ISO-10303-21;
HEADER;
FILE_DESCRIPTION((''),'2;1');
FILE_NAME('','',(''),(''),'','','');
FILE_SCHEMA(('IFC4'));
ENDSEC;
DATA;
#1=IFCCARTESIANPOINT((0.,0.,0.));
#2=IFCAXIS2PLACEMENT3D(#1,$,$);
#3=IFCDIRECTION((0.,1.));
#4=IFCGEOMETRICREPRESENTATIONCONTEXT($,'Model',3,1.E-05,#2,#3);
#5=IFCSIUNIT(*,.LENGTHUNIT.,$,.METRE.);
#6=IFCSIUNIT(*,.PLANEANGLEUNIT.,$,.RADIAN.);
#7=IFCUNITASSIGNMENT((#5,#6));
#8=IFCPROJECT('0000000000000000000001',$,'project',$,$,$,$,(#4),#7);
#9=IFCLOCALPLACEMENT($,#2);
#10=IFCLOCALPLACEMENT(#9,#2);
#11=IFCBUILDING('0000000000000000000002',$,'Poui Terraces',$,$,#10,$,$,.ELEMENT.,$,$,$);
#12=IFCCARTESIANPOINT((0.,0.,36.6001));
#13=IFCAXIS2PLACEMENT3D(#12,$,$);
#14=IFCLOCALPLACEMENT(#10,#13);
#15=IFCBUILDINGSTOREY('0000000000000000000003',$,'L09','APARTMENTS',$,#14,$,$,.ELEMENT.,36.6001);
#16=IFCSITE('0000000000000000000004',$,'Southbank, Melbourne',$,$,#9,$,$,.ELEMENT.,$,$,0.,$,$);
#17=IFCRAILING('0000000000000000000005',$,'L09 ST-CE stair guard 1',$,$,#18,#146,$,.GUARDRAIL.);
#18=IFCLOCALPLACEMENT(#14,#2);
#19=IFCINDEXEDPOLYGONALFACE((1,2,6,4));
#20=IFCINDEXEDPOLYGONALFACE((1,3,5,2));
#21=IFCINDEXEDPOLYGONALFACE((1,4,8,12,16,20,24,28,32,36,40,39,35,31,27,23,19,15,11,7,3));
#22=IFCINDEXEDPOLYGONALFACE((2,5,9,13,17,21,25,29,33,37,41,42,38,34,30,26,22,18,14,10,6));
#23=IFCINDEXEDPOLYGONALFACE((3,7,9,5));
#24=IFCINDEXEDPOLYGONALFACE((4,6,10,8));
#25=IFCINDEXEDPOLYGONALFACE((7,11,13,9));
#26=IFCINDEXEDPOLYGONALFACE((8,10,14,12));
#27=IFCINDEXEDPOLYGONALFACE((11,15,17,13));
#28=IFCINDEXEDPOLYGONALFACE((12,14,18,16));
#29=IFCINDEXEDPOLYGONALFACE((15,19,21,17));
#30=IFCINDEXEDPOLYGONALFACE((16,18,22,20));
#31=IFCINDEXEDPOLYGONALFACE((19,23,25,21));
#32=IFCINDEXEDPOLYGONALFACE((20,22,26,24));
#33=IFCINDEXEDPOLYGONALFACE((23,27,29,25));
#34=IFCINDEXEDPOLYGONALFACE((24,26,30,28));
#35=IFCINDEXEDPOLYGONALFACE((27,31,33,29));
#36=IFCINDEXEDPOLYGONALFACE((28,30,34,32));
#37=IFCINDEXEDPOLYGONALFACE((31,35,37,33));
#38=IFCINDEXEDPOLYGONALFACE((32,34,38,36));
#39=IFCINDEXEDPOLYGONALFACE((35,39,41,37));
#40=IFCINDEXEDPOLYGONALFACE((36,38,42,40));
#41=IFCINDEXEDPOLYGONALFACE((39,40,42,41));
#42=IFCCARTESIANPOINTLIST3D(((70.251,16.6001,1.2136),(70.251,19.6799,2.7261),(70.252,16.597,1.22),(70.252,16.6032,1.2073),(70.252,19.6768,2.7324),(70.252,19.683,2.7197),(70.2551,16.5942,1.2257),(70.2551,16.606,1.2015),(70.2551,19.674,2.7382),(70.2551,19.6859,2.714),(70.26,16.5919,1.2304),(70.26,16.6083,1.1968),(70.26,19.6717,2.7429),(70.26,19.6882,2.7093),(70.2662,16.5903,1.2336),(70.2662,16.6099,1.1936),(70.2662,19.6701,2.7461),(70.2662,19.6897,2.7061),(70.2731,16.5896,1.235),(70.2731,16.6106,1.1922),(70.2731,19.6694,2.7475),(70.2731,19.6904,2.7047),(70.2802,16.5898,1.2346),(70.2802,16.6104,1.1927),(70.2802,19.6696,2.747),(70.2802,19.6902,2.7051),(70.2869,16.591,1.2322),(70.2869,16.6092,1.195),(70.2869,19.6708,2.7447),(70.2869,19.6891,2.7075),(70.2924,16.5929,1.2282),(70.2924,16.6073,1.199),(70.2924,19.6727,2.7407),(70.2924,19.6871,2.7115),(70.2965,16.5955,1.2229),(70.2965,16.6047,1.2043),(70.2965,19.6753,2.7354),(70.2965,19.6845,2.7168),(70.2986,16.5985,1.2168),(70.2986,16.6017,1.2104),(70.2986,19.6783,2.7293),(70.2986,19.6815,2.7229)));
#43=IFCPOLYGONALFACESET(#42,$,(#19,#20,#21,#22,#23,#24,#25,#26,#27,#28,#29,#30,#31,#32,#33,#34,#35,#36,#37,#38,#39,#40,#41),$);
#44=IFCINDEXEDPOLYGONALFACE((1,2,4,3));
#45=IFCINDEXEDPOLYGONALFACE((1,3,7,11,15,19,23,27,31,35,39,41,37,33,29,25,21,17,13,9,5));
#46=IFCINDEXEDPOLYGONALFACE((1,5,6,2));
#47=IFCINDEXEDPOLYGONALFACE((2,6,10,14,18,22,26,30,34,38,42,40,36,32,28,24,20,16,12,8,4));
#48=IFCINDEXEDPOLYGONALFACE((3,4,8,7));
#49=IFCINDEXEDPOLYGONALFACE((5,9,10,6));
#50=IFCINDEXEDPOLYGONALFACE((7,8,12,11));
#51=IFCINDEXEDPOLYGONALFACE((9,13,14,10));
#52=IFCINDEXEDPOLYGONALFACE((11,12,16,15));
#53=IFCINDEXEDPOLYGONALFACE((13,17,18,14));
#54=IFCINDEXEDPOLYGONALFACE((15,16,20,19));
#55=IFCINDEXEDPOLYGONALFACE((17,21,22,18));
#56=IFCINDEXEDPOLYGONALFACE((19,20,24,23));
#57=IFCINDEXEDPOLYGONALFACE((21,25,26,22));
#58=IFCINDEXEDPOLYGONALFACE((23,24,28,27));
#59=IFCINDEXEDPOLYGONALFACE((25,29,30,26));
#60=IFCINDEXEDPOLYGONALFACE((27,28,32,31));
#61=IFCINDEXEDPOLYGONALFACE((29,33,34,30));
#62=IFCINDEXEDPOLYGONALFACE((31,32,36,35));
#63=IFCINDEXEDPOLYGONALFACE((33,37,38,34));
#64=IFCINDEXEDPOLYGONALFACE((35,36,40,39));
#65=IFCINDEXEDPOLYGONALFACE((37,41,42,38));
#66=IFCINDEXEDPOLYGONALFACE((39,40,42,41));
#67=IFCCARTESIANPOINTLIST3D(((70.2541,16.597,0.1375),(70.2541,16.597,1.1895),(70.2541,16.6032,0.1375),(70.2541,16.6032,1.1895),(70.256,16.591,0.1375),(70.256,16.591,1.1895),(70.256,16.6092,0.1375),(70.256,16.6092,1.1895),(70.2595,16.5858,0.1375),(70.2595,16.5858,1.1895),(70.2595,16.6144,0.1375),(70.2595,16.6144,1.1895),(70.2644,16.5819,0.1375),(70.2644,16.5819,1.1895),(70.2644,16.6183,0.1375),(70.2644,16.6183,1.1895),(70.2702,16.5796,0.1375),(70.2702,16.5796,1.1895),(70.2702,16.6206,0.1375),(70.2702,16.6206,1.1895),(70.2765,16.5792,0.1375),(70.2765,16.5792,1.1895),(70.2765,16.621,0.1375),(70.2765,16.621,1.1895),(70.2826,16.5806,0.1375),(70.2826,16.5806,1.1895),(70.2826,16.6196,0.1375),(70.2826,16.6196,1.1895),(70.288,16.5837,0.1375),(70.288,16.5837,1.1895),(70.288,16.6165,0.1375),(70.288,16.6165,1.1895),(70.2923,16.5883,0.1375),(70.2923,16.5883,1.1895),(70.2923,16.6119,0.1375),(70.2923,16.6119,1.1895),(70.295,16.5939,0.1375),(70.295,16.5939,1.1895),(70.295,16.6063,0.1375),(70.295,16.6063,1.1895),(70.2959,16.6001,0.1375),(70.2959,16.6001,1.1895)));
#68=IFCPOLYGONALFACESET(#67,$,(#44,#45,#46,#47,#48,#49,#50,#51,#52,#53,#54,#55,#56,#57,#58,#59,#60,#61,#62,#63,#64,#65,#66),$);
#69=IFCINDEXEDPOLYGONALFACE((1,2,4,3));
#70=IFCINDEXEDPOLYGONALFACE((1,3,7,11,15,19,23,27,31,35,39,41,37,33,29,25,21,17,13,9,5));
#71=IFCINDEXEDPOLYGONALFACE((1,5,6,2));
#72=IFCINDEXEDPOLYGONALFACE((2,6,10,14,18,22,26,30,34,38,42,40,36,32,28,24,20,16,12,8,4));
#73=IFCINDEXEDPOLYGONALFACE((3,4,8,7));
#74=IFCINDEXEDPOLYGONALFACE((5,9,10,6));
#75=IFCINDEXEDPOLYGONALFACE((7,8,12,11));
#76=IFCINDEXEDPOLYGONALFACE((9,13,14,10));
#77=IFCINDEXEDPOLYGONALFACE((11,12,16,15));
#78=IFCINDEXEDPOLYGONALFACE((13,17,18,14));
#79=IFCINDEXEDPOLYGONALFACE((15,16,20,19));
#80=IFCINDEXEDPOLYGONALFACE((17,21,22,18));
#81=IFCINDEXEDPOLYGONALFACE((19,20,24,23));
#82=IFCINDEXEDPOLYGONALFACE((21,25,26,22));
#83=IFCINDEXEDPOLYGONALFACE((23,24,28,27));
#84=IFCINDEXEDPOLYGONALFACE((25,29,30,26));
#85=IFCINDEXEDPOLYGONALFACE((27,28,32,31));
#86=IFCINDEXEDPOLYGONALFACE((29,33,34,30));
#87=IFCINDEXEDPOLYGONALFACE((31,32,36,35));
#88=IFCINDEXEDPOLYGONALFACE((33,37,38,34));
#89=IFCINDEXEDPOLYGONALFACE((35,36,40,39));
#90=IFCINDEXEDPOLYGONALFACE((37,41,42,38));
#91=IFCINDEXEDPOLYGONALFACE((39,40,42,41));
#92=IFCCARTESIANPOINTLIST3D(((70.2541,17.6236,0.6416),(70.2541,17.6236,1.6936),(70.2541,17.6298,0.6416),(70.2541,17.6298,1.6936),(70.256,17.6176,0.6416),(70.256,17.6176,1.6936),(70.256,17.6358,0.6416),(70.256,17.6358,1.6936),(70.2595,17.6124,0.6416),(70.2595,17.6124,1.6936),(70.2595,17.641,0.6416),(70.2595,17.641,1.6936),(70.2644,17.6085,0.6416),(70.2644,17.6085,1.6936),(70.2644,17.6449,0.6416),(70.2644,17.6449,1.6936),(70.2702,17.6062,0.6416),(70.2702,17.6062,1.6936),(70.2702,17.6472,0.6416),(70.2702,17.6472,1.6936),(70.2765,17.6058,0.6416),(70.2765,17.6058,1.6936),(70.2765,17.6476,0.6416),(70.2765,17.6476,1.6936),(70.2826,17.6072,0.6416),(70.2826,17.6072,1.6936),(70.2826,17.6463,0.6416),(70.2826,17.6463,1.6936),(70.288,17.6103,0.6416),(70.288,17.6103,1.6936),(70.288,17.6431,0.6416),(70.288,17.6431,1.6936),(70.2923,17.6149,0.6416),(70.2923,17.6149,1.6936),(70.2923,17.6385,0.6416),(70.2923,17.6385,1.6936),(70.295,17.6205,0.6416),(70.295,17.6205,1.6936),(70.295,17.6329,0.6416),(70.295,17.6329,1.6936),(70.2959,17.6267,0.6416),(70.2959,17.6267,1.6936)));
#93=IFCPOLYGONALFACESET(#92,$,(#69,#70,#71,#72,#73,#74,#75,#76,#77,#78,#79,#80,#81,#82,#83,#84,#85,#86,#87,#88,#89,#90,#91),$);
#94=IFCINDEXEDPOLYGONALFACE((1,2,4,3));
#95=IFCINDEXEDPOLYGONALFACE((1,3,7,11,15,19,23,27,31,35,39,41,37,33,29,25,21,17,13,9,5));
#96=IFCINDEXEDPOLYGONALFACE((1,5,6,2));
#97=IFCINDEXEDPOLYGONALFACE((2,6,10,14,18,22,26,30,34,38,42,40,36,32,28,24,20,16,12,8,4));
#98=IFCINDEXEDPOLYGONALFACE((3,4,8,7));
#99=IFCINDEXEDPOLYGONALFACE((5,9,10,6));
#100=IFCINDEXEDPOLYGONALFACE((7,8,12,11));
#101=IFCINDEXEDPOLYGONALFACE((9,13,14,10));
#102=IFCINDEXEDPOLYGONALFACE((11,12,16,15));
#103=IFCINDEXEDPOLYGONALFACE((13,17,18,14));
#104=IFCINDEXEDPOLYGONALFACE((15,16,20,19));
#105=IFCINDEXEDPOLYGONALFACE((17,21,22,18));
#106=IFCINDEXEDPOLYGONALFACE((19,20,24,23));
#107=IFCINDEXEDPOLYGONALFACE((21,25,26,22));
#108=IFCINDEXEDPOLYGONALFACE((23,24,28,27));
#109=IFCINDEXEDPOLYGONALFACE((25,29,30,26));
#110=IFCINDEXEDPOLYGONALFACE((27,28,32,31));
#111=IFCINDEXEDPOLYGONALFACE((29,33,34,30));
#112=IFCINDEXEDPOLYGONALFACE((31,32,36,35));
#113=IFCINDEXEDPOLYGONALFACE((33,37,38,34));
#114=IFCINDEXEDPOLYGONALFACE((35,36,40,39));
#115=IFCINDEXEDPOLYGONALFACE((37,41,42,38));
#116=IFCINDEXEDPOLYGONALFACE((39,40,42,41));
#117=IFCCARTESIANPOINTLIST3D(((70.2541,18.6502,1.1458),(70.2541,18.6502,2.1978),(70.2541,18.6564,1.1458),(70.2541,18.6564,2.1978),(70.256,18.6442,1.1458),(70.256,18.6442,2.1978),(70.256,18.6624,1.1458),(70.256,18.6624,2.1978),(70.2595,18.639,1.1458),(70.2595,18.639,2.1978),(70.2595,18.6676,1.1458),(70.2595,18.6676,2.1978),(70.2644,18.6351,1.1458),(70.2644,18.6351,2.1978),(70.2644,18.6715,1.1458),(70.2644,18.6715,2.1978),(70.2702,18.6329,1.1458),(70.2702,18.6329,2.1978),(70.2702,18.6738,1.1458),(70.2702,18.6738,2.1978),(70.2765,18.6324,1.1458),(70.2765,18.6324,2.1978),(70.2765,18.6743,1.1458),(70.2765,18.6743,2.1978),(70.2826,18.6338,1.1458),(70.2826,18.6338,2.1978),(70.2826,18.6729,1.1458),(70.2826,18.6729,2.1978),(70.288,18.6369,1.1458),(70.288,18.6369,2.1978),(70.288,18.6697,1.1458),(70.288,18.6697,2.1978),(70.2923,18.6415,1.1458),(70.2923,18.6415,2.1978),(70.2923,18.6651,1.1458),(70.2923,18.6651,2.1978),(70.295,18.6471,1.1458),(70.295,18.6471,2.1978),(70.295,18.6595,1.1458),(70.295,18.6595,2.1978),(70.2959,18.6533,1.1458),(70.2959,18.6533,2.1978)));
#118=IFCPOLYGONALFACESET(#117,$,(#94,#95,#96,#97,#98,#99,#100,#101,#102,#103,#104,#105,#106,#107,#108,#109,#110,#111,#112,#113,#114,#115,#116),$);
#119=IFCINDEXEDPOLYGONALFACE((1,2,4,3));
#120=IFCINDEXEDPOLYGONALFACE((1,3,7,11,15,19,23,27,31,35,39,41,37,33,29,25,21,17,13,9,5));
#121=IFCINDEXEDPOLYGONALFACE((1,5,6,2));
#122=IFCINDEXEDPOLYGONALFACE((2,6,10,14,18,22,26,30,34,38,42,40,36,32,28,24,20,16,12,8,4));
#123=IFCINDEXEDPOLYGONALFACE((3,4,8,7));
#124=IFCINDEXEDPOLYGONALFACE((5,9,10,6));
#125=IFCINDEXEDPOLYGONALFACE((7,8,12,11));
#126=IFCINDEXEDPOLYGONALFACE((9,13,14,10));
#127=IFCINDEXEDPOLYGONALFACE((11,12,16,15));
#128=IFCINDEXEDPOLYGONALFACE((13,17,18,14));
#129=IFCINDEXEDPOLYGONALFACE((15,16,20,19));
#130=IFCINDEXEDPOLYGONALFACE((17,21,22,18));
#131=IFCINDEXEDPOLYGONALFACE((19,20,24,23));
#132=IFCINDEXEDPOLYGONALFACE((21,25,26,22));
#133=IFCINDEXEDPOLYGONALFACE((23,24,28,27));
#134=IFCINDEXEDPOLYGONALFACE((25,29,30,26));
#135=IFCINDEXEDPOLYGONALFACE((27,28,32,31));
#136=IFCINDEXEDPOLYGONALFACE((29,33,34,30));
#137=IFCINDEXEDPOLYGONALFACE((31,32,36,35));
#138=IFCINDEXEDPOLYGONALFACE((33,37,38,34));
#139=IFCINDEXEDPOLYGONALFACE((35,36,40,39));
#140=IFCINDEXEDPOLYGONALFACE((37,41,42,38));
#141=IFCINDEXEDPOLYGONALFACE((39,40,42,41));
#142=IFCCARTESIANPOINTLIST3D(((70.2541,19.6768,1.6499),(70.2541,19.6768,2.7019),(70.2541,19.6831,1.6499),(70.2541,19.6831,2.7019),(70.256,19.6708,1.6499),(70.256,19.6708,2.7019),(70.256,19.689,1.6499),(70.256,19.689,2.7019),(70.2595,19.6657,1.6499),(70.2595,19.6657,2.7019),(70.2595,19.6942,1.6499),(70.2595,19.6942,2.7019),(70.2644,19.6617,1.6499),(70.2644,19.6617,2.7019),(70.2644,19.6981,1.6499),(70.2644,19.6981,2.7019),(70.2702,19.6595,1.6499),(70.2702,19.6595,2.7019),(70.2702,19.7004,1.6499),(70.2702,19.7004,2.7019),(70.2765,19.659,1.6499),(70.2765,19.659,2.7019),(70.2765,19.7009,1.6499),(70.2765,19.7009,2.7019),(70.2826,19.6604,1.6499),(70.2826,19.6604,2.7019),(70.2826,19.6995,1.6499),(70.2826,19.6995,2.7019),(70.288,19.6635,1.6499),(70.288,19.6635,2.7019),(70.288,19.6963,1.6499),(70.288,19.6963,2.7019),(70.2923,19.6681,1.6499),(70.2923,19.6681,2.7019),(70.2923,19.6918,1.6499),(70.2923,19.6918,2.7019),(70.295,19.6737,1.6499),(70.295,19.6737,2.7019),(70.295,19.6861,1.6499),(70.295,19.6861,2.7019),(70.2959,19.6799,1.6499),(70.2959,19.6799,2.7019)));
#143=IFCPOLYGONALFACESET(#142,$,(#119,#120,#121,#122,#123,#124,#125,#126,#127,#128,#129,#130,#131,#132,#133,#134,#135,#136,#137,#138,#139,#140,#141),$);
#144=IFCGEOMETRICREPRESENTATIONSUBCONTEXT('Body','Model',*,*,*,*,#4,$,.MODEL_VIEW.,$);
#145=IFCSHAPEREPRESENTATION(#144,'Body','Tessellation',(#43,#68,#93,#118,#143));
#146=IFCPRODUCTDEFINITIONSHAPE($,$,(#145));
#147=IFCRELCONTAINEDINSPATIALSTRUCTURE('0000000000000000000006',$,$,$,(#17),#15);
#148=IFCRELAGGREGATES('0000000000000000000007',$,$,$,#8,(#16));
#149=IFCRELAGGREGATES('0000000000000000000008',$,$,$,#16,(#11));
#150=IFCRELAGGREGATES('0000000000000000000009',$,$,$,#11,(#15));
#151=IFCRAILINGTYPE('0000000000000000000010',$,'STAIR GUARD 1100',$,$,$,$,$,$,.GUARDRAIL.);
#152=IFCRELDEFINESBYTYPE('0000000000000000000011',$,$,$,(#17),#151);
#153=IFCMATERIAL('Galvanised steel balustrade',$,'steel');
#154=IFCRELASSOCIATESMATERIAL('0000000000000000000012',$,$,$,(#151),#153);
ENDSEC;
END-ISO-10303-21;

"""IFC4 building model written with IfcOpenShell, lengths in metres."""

from ifc_helpers import new_model, si_unit, direction, frame, origin, origin_2d, place, context, subcontext, project, spatial, circle, extrude, material, type_object, element, save


model = new_model("IFC4")

# Units and contexts
model_context = context("Model", 3, precision=1e-05, world=origin(), true_north=direction((0.0, 1.0)))
body_context = subcontext(model_context, "Body", "Model", "MODEL_VIEW")
ifc_project = project(units=[si_unit("LENGTHUNIT", "METRE"), si_unit("PLANEANGLEUNIT", "RADIAN")], contexts=[model_context])

# Site, building, storey
site_placement = place(None, origin())
site = spatial("IfcSite", under=ifc_project, at=site_placement, Name="Southbank, Melbourne", CompositionType="ELEMENT", RefElevation=0.0)
building_placement = place(site_placement, origin())
building = spatial("IfcBuilding", under=site, at=building_placement, Name="Poui Terraces", CompositionType="ELEMENT")
storey_placement = place(building_placement, frame((0.0, 0.0, 36.6001)))
storey = spatial("IfcBuildingStorey", under=building, at=storey_placement, Name="L09", Description="APARTMENTS", CompositionType="ELEMENT", Elevation=36.6001)

# Railing
ifc_material_1 = material(Name="Galvanised steel balustrade", Category="steel")
railing_type = type_object("IfcRailingType", Name="STAIR GUARD 1100", PredefinedType="GUARDRAIL", material=ifc_material_1)
railing_1_placement = place(storey_placement, frame((70.2749, 16.6001, 0.1375)))
element("IfcRailing", 1, at=railing_1_placement, inside=storey, type_object=railing_type, Name="L09 ST-CE stair guard 1", PredefinedType="GUARDRAIL", context=body_context, shape_type="SweptSolid", body=[
    extrude(circle(Radius=0.0239, at=origin_2d()), frame((0.0, 0.0, 1.0762), z_axis=(0.0, 0.897606, 0.440798), x_axis=(-1.0, 0.0, 0.0)), (0.0, 0.0, 1.0), 3.4312),
    extrude(circle(Radius=0.021, at=origin_2d()), origin(), (0.0, 0.0, 1.0), 1.052),
    extrude(circle(Radius=0.021, at=origin_2d()), frame((0.0, 1.0266, 0.5042)), (0.0, 0.0, 1.0), 1.052),
    extrude(circle(Radius=0.021, at=origin_2d()), frame((0.0, 2.0532, 1.0083)), (0.0, 0.0, 1.0), 1.052),
    extrude(circle(Radius=0.021, at=origin_2d()), frame((0.0, 3.0798, 1.5125)), (0.0, 0.0, 1.0), 1.052),
])

save(model, "model.ifc")
